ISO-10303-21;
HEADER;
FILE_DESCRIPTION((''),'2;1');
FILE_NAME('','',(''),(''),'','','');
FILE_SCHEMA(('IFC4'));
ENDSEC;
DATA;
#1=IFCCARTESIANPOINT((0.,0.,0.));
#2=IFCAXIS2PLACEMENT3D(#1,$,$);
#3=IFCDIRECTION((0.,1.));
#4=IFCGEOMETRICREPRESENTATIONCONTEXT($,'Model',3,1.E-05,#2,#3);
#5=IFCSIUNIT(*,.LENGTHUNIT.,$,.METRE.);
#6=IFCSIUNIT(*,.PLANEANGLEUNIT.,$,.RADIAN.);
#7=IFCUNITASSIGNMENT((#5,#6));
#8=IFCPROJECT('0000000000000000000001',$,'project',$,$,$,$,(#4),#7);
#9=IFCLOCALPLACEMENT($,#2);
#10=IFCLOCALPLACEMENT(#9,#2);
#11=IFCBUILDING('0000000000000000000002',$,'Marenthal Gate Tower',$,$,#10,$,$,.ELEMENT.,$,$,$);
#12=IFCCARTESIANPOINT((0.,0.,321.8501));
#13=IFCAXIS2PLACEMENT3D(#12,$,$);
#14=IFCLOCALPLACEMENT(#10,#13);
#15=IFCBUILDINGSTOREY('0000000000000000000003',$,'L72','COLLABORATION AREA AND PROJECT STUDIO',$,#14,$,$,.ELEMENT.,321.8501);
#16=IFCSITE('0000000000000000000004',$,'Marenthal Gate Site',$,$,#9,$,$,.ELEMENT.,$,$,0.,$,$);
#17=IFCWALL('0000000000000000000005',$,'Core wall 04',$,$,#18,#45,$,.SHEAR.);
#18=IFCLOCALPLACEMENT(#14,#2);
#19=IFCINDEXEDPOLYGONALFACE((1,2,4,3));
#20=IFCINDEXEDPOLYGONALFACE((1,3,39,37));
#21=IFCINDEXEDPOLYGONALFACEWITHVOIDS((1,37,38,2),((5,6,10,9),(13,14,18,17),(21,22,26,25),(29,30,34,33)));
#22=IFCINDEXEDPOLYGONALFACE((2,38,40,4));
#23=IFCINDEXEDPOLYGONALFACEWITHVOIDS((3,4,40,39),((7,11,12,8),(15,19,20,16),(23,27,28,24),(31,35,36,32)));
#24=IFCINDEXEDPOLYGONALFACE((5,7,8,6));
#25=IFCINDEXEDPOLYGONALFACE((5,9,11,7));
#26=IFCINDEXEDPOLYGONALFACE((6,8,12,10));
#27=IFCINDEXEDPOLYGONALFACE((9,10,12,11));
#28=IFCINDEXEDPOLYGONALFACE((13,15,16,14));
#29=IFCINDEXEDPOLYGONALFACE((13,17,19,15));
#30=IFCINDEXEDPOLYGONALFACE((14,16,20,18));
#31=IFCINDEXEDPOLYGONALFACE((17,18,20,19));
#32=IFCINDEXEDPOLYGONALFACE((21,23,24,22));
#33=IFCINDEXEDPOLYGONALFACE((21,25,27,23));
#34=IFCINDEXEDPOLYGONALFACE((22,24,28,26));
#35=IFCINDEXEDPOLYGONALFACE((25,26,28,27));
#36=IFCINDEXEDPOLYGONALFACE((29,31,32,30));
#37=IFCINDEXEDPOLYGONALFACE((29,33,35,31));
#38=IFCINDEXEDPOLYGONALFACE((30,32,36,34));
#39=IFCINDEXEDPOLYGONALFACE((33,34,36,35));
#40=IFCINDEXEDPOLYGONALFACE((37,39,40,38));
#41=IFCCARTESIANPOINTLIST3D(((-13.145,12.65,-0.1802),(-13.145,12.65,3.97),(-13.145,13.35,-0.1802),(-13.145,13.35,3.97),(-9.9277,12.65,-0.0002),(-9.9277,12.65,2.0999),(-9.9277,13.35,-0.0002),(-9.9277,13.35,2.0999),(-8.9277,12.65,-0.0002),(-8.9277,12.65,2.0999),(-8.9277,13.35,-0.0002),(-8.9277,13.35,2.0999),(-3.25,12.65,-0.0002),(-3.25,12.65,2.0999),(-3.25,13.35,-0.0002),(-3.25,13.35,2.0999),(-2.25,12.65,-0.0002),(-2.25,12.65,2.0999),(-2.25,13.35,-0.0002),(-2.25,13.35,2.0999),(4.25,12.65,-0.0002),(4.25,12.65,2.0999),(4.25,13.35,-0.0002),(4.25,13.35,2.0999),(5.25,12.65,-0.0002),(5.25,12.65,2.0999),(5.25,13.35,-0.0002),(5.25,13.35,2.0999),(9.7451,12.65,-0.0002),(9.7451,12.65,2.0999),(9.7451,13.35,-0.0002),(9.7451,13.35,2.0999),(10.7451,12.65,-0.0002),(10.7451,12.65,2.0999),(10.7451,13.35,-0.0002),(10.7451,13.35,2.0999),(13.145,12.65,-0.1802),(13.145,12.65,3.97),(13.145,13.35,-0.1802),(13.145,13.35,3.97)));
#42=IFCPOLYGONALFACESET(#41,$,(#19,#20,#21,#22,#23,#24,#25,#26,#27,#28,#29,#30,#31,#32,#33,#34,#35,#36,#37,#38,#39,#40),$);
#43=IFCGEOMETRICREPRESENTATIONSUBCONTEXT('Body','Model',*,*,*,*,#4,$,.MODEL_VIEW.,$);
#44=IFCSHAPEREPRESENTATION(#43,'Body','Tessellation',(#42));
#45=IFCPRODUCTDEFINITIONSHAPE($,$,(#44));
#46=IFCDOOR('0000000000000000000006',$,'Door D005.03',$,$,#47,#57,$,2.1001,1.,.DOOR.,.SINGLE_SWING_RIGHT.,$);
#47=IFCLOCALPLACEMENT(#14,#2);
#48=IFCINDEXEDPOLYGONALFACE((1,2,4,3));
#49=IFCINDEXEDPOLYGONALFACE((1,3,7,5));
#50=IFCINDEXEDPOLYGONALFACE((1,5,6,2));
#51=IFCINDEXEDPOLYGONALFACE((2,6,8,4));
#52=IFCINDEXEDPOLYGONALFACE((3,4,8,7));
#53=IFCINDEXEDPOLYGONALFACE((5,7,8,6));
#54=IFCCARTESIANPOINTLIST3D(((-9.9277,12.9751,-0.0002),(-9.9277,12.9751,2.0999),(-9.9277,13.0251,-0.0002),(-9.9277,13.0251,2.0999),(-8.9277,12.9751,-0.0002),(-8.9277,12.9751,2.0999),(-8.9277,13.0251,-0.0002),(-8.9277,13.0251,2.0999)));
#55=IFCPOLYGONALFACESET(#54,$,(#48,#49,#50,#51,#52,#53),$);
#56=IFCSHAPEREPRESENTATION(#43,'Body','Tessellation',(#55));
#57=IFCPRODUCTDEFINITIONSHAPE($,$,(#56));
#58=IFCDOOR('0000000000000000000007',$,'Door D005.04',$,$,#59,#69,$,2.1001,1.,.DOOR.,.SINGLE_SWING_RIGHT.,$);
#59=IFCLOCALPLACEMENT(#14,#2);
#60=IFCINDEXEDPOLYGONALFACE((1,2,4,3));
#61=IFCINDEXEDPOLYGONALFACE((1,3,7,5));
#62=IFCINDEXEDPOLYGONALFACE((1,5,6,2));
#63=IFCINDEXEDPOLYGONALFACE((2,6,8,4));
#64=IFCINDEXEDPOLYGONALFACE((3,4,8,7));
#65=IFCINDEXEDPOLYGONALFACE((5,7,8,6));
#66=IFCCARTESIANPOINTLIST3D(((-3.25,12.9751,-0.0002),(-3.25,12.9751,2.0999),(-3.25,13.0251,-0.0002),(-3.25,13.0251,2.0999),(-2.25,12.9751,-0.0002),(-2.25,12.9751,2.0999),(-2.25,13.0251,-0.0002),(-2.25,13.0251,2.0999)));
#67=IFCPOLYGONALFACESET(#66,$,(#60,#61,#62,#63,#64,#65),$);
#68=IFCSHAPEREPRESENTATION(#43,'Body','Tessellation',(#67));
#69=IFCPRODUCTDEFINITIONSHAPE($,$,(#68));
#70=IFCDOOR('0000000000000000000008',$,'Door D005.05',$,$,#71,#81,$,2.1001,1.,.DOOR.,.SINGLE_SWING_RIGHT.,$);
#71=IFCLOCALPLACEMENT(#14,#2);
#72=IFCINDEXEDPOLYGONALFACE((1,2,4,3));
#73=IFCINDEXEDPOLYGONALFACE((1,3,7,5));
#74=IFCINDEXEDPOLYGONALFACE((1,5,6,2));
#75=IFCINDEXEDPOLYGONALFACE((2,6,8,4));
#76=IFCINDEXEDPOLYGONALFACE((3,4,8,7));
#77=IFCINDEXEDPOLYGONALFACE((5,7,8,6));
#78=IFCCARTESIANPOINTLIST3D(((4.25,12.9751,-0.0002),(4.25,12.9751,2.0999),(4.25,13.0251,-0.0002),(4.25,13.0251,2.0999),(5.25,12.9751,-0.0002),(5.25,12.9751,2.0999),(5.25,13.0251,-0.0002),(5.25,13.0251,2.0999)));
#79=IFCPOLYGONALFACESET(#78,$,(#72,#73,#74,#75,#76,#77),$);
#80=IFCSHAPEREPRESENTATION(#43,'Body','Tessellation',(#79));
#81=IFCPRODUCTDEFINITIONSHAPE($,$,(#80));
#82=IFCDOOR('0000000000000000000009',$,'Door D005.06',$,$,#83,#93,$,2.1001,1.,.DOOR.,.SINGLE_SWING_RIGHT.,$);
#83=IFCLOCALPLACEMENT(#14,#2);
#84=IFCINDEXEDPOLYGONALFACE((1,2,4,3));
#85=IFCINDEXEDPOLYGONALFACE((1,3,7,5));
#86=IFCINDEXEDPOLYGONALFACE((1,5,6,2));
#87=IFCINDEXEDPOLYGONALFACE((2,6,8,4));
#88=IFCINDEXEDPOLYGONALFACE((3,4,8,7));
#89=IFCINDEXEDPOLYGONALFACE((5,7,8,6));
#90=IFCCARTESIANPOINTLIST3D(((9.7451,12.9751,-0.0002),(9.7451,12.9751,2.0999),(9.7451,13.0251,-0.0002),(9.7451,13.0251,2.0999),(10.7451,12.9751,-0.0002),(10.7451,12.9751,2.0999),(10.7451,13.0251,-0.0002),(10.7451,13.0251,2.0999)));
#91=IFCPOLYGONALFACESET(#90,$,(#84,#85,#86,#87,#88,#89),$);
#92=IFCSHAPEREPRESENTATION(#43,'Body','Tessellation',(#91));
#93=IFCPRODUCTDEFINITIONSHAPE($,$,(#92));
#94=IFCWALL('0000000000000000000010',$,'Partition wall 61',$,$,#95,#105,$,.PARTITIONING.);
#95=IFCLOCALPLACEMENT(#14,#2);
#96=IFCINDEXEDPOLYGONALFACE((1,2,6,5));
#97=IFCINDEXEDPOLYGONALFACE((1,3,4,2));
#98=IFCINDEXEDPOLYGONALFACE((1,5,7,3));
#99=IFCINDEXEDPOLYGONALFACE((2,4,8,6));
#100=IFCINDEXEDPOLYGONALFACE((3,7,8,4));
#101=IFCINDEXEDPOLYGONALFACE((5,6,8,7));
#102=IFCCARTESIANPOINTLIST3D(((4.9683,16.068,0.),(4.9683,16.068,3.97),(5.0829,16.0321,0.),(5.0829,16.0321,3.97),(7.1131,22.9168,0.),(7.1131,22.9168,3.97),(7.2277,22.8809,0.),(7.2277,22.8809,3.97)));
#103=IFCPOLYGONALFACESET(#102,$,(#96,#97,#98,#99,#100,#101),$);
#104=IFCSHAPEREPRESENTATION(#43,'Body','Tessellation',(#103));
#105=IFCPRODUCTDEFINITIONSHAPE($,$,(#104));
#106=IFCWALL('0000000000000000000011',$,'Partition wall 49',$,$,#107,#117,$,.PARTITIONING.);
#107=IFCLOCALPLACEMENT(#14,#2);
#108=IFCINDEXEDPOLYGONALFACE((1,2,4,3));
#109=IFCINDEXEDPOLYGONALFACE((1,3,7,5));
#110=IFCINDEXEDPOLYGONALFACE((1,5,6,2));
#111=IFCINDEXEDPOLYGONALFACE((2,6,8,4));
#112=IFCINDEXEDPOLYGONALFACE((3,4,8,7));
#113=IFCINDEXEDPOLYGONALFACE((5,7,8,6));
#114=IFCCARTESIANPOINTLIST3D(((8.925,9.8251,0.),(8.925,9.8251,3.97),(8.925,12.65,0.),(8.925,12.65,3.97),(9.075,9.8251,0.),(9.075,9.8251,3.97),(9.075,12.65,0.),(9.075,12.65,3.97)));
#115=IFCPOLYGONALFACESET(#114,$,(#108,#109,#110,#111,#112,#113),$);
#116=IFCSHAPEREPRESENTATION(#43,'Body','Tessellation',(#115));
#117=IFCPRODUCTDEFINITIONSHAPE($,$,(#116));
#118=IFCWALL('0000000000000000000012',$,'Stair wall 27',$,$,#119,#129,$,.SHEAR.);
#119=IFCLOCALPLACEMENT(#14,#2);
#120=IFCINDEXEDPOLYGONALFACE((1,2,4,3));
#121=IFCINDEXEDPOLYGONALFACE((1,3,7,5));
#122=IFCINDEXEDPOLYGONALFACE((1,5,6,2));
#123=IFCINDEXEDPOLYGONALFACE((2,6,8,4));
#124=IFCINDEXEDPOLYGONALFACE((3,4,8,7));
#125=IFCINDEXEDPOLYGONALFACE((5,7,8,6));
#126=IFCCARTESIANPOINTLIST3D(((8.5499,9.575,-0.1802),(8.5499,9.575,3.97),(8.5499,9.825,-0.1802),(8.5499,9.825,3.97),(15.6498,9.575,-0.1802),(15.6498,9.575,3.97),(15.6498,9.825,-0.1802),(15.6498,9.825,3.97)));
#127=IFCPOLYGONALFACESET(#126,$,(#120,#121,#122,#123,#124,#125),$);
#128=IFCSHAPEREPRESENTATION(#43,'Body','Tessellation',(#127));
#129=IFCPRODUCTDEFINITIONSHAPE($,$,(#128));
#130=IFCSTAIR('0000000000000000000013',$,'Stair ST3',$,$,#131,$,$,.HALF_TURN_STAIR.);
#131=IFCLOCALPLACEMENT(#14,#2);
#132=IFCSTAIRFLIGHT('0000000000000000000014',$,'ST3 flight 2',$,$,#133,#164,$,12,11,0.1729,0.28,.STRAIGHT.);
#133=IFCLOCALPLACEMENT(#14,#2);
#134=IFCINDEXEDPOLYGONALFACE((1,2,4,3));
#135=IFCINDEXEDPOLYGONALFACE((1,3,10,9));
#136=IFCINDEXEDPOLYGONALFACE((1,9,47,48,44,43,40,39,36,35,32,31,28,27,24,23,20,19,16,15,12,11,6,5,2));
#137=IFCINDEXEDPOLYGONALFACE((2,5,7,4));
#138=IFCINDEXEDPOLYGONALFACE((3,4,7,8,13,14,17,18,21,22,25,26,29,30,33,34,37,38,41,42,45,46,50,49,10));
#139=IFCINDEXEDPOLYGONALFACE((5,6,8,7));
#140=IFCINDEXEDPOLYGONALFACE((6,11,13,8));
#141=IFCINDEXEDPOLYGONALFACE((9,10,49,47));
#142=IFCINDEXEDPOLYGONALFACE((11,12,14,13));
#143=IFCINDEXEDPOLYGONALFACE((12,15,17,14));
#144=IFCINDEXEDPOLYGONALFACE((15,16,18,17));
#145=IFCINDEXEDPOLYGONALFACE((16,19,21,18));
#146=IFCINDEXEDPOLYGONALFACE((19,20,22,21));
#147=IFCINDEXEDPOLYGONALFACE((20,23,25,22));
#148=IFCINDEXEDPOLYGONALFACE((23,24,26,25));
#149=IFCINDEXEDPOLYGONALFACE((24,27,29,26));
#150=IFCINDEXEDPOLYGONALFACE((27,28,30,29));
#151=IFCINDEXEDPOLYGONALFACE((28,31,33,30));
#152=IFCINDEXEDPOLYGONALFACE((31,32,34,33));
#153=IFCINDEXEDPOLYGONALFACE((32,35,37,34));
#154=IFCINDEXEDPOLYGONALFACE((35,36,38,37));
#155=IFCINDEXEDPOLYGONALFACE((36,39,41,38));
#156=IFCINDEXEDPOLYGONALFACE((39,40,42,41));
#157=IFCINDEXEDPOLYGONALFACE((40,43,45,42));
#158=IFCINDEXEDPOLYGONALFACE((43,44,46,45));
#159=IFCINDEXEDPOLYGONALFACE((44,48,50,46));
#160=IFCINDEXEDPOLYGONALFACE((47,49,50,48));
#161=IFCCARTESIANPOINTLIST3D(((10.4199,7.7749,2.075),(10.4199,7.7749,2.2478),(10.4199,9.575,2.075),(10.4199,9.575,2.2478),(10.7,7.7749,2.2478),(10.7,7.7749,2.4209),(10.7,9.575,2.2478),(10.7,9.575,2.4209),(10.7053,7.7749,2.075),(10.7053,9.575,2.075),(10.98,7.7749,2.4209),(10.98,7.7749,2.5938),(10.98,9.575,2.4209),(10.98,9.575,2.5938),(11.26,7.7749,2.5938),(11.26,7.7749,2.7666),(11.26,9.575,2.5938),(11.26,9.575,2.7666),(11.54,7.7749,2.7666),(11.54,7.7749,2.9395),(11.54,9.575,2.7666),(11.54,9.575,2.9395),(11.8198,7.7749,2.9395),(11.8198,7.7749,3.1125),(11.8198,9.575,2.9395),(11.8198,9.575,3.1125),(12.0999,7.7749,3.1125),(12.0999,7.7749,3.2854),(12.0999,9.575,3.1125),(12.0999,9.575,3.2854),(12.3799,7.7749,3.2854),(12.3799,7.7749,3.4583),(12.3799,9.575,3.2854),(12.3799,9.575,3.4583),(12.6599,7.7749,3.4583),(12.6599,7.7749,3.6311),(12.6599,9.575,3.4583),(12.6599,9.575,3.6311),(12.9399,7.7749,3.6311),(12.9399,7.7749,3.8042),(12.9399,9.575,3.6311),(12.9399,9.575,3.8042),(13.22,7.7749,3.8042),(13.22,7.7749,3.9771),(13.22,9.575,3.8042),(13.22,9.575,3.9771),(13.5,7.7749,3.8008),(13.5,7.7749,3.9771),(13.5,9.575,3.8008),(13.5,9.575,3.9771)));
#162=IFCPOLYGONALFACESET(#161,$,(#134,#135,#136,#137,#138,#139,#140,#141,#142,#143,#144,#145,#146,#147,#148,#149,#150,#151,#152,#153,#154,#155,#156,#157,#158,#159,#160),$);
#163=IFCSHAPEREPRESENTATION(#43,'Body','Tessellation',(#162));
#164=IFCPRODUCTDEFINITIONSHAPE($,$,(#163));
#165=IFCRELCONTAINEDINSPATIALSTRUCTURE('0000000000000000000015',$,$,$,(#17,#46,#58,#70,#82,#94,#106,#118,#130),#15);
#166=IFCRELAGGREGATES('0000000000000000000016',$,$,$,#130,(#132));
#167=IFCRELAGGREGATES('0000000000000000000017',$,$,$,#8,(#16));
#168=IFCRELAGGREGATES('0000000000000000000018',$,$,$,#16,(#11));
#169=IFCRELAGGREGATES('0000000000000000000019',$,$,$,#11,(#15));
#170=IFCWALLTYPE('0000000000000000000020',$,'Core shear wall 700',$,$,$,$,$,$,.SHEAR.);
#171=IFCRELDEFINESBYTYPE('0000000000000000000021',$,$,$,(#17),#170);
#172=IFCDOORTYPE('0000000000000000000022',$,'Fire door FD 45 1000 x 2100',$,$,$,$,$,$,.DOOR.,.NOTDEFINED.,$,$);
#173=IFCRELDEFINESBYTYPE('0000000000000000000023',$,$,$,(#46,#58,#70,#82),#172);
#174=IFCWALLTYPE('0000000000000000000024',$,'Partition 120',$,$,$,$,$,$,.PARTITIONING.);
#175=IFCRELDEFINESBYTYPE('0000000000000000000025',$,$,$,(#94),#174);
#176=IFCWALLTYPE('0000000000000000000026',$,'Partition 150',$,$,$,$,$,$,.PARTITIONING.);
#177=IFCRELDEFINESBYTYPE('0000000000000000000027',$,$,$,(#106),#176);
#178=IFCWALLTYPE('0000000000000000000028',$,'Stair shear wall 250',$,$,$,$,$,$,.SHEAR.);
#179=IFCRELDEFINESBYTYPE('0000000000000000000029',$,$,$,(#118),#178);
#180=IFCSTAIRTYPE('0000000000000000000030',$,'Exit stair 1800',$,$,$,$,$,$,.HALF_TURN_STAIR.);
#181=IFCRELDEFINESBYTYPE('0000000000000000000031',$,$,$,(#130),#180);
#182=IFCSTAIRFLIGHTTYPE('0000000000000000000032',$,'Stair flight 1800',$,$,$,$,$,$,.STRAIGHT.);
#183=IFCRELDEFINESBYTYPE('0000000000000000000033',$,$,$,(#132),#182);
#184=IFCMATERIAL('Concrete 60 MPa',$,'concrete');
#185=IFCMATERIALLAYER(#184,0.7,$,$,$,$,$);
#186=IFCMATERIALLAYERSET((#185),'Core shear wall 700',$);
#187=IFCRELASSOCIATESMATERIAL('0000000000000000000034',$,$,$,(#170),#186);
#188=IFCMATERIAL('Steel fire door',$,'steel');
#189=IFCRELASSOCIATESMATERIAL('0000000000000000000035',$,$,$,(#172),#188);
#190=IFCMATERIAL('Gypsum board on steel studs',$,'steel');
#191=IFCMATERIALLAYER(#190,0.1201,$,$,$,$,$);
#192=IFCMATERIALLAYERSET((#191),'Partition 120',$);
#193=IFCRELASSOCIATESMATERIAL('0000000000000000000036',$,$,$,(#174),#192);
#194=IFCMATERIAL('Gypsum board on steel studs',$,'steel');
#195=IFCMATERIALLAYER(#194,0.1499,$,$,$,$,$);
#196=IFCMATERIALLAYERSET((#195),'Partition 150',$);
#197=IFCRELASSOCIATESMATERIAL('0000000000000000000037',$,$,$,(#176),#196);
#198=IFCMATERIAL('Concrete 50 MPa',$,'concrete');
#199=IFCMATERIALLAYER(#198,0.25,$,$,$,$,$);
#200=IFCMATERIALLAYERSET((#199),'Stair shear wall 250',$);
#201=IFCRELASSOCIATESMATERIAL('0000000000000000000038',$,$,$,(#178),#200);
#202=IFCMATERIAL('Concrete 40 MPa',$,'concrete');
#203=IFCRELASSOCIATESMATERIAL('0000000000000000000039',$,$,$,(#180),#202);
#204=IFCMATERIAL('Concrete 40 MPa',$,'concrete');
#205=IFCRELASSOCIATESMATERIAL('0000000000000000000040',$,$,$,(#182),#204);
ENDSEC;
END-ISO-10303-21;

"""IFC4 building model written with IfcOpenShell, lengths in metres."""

from ifc_helpers import new_model, si_unit, direction, frame, frame_2d, origin, place, context, subcontext, project, spatial, polyline, rectangle, outline, extrude, material, layer, layer_set, type_object, element, fill, aggregate, save


model = new_model("IFC4")

# Units and contexts
model_context = context("Model", 3, precision=1e-05, world=origin(), true_north=direction((0.0, 1.0)))
body_context = subcontext(model_context, "Body", "Model", "MODEL_VIEW")
ifc_project = project(units=[si_unit("LENGTHUNIT", "METRE"), si_unit("PLANEANGLEUNIT", "RADIAN")], contexts=[model_context])

# Site, building, storey
site_placement = place(None, origin())
site = spatial("IfcSite", under=ifc_project, at=site_placement, Name="Marenthal Gate Site", CompositionType="ELEMENT", RefElevation=0.0)
building_placement = place(site_placement, origin())
building = spatial("IfcBuilding", under=site, at=building_placement, Name="Marenthal Gate Tower", CompositionType="ELEMENT")
storey_placement = place(building_placement, frame((0.0, 0.0, 321.8501)))
storey = spatial("IfcBuildingStorey", under=building, at=storey_placement, Name="L72", Description="COLLABORATION AREA AND PROJECT STUDIO", CompositionType="ELEMENT", Elevation=321.8501)

# Wall, openings, doors
ifc_material_1 = material(Name="Concrete 60 MPa", Category="concrete")
ifc_layer_1 = layer(ifc_material_1, 0.7)
ifc_layer_set_1 = layer_set([ifc_layer_1], Name="Core shear wall 700")
wall_type_1 = type_object("IfcWallType", Name="Core shear wall 700", PredefinedType="SHEAR", material=ifc_layer_set_1)
wall_1_placement = place(storey_placement, frame((13.145, 13.0, -0.1802), z_axis=(0.0, 0.0, 1.0), x_axis=(-1.0, 0.0, 0.0)))
wall_1 = element("IfcWall", 1, at=wall_1_placement, inside=storey, type_object=wall_type_1, Name="Core wall 04", PredefinedType="SHEAR", context=body_context, shape_type="SweptSolid", body=[
    extrude(rectangle(XDim=26.29, YDim=0.7, at=frame_2d((13.145, 0.0))), origin(), (0.0, 0.0, 1.0), 4.1501),
])
opening_1_placement = place(wall_1_placement, frame((22.0728, 0.0, 0.1799)))
opening_1 = element("IfcOpeningElement", 2, at=opening_1_placement, cuts=wall_1, PredefinedType="OPENING", context=body_context, shape_type="SweptSolid", body=[
    extrude(rectangle(XDim=1.0, YDim=2.1001, at=frame_2d((0.5, 1.05))), frame((0.0, 0.3599, 0.0), z_axis=(0.0, -1.0, 0.0), x_axis=(1.0, 0.0, 0.0)), (0.0, 0.0, 1.0), 0.72),
])
opening_2_placement = place(wall_1_placement, frame((15.395, 0.0, 0.1799)))
opening_2 = element("IfcOpeningElement", 3, at=opening_2_placement, cuts=wall_1, PredefinedType="OPENING", context=body_context, shape_type="SweptSolid", body=[
    extrude(rectangle(XDim=1.0, YDim=2.1001, at=frame_2d((0.5, 1.05))), frame((0.0, 0.3599, 0.0), z_axis=(0.0, -1.0, 0.0), x_axis=(1.0, 0.0, 0.0)), (0.0, 0.0, 1.0), 0.72),
])
opening_3_placement = place(wall_1_placement, frame((7.895, 0.0, 0.1799)))
opening_3 = element("IfcOpeningElement", 4, at=opening_3_placement, cuts=wall_1, PredefinedType="OPENING", context=body_context, shape_type="SweptSolid", body=[
    extrude(rectangle(XDim=1.0, YDim=2.1001, at=frame_2d((0.5, 1.05))), frame((0.0, 0.3599, 0.0), z_axis=(0.0, -1.0, 0.0), x_axis=(1.0, 0.0, 0.0)), (0.0, 0.0, 1.0), 0.72),
])
opening_4_placement = place(wall_1_placement, frame((2.3999, 0.0, 0.1799)))
opening_4 = element("IfcOpeningElement", 5, at=opening_4_placement, cuts=wall_1, PredefinedType="OPENING", context=body_context, shape_type="SweptSolid", body=[
    extrude(rectangle(XDim=1.0, YDim=2.1001, at=frame_2d((0.5, 1.05))), frame((0.0, 0.3599, 0.0), z_axis=(0.0, -1.0, 0.0), x_axis=(1.0, 0.0, 0.0)), (0.0, 0.0, 1.0), 0.72),
])
ifc_material_2 = material(Name="Steel fire door", Category="steel")
door_type = type_object("IfcDoorType", Name="Fire door FD 45 1000 x 2100", OperationType="NOTDEFINED", PredefinedType="DOOR", material=ifc_material_2)
door_1_placement = place(opening_1_placement, origin())
door_1 = element("IfcDoor", 6, at=door_1_placement, inside=storey, type_object=door_type, Name="Door D005.03", OperationType="SINGLE_SWING_RIGHT", OverallHeight=2.1001, OverallWidth=1.0, PredefinedType="DOOR", context=body_context, shape_type="SweptSolid", body=[
    extrude(rectangle(XDim=1.0, YDim=2.1001, at=frame_2d((0.5, 1.05))), frame((0.0, 0.0249, 0.0), z_axis=(0.0, -1.0, 0.0), x_axis=(1.0, 0.0, 0.0)), (0.0, 0.0, 1.0), 0.05),
])
fill(opening_1, door_1)
door_2_placement = place(opening_2_placement, origin())
door_2 = element("IfcDoor", 7, at=door_2_placement, inside=storey, type_object=door_type, Name="Door D005.04", OperationType="SINGLE_SWING_RIGHT", OverallHeight=2.1001, OverallWidth=1.0, PredefinedType="DOOR", context=body_context, shape_type="SweptSolid", body=[
    extrude(rectangle(XDim=1.0, YDim=2.1001, at=frame_2d((0.5, 1.05))), frame((0.0, 0.0249, 0.0), z_axis=(0.0, -1.0, 0.0), x_axis=(1.0, 0.0, 0.0)), (0.0, 0.0, 1.0), 0.05),
])
fill(opening_2, door_2)
door_3_placement = place(opening_3_placement, origin())
door_3 = element("IfcDoor", 8, at=door_3_placement, inside=storey, type_object=door_type, Name="Door D005.05", OperationType="SINGLE_SWING_RIGHT", OverallHeight=2.1001, OverallWidth=1.0, PredefinedType="DOOR", context=body_context, shape_type="SweptSolid", body=[
    extrude(rectangle(XDim=1.0, YDim=2.1001, at=frame_2d((0.5, 1.05))), frame((0.0, 0.0249, 0.0), z_axis=(0.0, -1.0, 0.0), x_axis=(1.0, 0.0, 0.0)), (0.0, 0.0, 1.0), 0.05),
])
fill(opening_3, door_3)
door_4_placement = place(opening_4_placement, origin())
door_4 = element("IfcDoor", 9, at=door_4_placement, inside=storey, type_object=door_type, Name="Door D005.06", OperationType="SINGLE_SWING_RIGHT", OverallHeight=2.1001, OverallWidth=1.0, PredefinedType="DOOR", context=body_context, shape_type="SweptSolid", body=[
    extrude(rectangle(XDim=1.0, YDim=2.1001, at=frame_2d((0.5, 1.05))), frame((0.0, 0.0249, 0.0), z_axis=(0.0, -1.0, 0.0), x_axis=(1.0, 0.0, 0.0)), (0.0, 0.0, 1.0), 0.05),
])
fill(opening_4, door_4)

# Walls
ifc_material_3 = material(Name="Gypsum board on steel studs", Category="steel")
ifc_layer_2 = layer(ifc_material_3, 0.1201)
ifc_layer_set_2 = layer_set([ifc_layer_2], Name="Partition 120")
wall_type_2 = type_object("IfcWallType", Name="Partition 120", PredefinedType="PARTITIONING", material=ifc_layer_set_2)
wall_2_placement = place(storey_placement, frame((5.0256, 16.05, 0.0), z_axis=(0.0, 0.0, 1.0), x_axis=(0.298846, 0.954301, 0.0)))
element("IfcWall", 10, at=wall_2_placement, inside=storey, type_object=wall_type_2, Name="Partition wall 61", PredefinedType="PARTITIONING", context=body_context, shape_type="SweptSolid", body=[
    extrude(rectangle(XDim=7.1768, YDim=0.1201, at=frame_2d((3.5884, 0.0))), origin(), (0.0, 0.0, 1.0), 3.97),
])
ifc_material_4 = material(Name="Gypsum board on steel studs", Category="steel")
ifc_layer_3 = layer(ifc_material_4, 0.1499)
ifc_layer_set_3 = layer_set([ifc_layer_3], Name="Partition 150")
wall_type_3 = type_object("IfcWallType", Name="Partition 150", PredefinedType="PARTITIONING", material=ifc_layer_set_3)
wall_3_placement = place(storey_placement, frame((9.0, 9.825, 0.0), z_axis=(0.0, 0.0, 1.0), x_axis=(0.0, 1.0, 0.0)))
element("IfcWall", 11, at=wall_3_placement, inside=storey, type_object=wall_type_3, Name="Partition wall 49", PredefinedType="PARTITIONING", context=body_context, shape_type="SweptSolid", body=[
    extrude(rectangle(XDim=2.825, YDim=0.1499, at=frame_2d((1.4126, 0.0))), origin(), (0.0, 0.0, 1.0), 3.97),
])
ifc_material_5 = material(Name="Concrete 50 MPa", Category="concrete")
ifc_layer_4 = layer(ifc_material_5, 0.25)
ifc_layer_set_4 = layer_set([ifc_layer_4], Name="Stair shear wall 250")
wall_type_4 = type_object("IfcWallType", Name="Stair shear wall 250", PredefinedType="SHEAR", material=ifc_layer_set_4)
wall_4_placement = place(storey_placement, frame((8.55, 9.7, -0.1802), z_axis=(0.0, 0.0, 1.0), x_axis=(1.0, 0.0, 0.0)))
element("IfcWall", 12, at=wall_4_placement, inside=storey, type_object=wall_type_4, Name="Stair wall 27", PredefinedType="SHEAR", context=body_context, shape_type="SweptSolid", body=[
    extrude(rectangle(XDim=7.0999, YDim=0.25, at=frame_2d((3.5498, 0.0))), origin(), (0.0, 0.0, 1.0), 4.1501),
])

# Stair, stair flight
ifc_material_6 = material(Name="Concrete 40 MPa", Category="concrete")
stair_type = type_object("IfcStairType", Name="Exit stair 1800", PredefinedType="HALF_TURN_STAIR", material=ifc_material_6)
stair_placement = place(storey_placement, origin())
stair = element("IfcStair", 13, at=stair_placement, inside=storey, type_object=stair_type, Name="Stair ST3", PredefinedType="HALF_TURN_STAIR")
ifc_material_7 = material(Name="Concrete 40 MPa", Category="concrete")
stair_flight_type = type_object("IfcStairFlightType", Name="Stair flight 1800", PredefinedType="STRAIGHT", material=ifc_material_7)
stair_flight_placement = place(storey_placement, frame((10.4199, 8.675, 2.075), z_axis=(0.0, 0.0, 1.0), x_axis=(1.0, 0.0, 0.0)))
stair_flight = element("IfcStairFlight", 14, at=stair_flight_placement, type_object=stair_flight_type, Name="ST3 flight 2", NumberOfRisers=12, NumberOfTreads=11, PredefinedType="STRAIGHT", RiserHeight=0.1729, TreadLength=0.28, context=body_context, shape_type="SweptSolid", body=[
    extrude(outline(polyline([(0.0, 0.0), (0.0, 0.1729), (0.28, 0.1729), (0.28, 0.3459), (0.5601, 0.3459), (0.5601, 0.5188), (0.8401, 0.5188), (0.8401, 0.6917), (1.1201, 0.6917), (1.1201, 0.8645), (1.3999, 0.8645), (1.3999, 1.0376), (1.6799, 1.0376), (1.6799, 1.2104), (1.96, 1.2104), (1.96, 1.3833), (2.24, 1.3833), (2.24, 1.5562), (2.52, 1.5562), (2.52, 1.7292), (2.8, 1.7292), (2.8, 1.9021), (3.0801, 1.9021), (3.0801, 2.075), (3.0801, 1.7258), (0.2854, 0.0), (0.0, 0.0)])), frame((0.0, 0.8999, 0.0), z_axis=(0.0, -1.0, 0.0), x_axis=(1.0, 0.0, 0.0)), (0.0, 0.0, 1.0), 1.8),
])
aggregate(stair, [stair_flight])

save(model, "model.ifc")
